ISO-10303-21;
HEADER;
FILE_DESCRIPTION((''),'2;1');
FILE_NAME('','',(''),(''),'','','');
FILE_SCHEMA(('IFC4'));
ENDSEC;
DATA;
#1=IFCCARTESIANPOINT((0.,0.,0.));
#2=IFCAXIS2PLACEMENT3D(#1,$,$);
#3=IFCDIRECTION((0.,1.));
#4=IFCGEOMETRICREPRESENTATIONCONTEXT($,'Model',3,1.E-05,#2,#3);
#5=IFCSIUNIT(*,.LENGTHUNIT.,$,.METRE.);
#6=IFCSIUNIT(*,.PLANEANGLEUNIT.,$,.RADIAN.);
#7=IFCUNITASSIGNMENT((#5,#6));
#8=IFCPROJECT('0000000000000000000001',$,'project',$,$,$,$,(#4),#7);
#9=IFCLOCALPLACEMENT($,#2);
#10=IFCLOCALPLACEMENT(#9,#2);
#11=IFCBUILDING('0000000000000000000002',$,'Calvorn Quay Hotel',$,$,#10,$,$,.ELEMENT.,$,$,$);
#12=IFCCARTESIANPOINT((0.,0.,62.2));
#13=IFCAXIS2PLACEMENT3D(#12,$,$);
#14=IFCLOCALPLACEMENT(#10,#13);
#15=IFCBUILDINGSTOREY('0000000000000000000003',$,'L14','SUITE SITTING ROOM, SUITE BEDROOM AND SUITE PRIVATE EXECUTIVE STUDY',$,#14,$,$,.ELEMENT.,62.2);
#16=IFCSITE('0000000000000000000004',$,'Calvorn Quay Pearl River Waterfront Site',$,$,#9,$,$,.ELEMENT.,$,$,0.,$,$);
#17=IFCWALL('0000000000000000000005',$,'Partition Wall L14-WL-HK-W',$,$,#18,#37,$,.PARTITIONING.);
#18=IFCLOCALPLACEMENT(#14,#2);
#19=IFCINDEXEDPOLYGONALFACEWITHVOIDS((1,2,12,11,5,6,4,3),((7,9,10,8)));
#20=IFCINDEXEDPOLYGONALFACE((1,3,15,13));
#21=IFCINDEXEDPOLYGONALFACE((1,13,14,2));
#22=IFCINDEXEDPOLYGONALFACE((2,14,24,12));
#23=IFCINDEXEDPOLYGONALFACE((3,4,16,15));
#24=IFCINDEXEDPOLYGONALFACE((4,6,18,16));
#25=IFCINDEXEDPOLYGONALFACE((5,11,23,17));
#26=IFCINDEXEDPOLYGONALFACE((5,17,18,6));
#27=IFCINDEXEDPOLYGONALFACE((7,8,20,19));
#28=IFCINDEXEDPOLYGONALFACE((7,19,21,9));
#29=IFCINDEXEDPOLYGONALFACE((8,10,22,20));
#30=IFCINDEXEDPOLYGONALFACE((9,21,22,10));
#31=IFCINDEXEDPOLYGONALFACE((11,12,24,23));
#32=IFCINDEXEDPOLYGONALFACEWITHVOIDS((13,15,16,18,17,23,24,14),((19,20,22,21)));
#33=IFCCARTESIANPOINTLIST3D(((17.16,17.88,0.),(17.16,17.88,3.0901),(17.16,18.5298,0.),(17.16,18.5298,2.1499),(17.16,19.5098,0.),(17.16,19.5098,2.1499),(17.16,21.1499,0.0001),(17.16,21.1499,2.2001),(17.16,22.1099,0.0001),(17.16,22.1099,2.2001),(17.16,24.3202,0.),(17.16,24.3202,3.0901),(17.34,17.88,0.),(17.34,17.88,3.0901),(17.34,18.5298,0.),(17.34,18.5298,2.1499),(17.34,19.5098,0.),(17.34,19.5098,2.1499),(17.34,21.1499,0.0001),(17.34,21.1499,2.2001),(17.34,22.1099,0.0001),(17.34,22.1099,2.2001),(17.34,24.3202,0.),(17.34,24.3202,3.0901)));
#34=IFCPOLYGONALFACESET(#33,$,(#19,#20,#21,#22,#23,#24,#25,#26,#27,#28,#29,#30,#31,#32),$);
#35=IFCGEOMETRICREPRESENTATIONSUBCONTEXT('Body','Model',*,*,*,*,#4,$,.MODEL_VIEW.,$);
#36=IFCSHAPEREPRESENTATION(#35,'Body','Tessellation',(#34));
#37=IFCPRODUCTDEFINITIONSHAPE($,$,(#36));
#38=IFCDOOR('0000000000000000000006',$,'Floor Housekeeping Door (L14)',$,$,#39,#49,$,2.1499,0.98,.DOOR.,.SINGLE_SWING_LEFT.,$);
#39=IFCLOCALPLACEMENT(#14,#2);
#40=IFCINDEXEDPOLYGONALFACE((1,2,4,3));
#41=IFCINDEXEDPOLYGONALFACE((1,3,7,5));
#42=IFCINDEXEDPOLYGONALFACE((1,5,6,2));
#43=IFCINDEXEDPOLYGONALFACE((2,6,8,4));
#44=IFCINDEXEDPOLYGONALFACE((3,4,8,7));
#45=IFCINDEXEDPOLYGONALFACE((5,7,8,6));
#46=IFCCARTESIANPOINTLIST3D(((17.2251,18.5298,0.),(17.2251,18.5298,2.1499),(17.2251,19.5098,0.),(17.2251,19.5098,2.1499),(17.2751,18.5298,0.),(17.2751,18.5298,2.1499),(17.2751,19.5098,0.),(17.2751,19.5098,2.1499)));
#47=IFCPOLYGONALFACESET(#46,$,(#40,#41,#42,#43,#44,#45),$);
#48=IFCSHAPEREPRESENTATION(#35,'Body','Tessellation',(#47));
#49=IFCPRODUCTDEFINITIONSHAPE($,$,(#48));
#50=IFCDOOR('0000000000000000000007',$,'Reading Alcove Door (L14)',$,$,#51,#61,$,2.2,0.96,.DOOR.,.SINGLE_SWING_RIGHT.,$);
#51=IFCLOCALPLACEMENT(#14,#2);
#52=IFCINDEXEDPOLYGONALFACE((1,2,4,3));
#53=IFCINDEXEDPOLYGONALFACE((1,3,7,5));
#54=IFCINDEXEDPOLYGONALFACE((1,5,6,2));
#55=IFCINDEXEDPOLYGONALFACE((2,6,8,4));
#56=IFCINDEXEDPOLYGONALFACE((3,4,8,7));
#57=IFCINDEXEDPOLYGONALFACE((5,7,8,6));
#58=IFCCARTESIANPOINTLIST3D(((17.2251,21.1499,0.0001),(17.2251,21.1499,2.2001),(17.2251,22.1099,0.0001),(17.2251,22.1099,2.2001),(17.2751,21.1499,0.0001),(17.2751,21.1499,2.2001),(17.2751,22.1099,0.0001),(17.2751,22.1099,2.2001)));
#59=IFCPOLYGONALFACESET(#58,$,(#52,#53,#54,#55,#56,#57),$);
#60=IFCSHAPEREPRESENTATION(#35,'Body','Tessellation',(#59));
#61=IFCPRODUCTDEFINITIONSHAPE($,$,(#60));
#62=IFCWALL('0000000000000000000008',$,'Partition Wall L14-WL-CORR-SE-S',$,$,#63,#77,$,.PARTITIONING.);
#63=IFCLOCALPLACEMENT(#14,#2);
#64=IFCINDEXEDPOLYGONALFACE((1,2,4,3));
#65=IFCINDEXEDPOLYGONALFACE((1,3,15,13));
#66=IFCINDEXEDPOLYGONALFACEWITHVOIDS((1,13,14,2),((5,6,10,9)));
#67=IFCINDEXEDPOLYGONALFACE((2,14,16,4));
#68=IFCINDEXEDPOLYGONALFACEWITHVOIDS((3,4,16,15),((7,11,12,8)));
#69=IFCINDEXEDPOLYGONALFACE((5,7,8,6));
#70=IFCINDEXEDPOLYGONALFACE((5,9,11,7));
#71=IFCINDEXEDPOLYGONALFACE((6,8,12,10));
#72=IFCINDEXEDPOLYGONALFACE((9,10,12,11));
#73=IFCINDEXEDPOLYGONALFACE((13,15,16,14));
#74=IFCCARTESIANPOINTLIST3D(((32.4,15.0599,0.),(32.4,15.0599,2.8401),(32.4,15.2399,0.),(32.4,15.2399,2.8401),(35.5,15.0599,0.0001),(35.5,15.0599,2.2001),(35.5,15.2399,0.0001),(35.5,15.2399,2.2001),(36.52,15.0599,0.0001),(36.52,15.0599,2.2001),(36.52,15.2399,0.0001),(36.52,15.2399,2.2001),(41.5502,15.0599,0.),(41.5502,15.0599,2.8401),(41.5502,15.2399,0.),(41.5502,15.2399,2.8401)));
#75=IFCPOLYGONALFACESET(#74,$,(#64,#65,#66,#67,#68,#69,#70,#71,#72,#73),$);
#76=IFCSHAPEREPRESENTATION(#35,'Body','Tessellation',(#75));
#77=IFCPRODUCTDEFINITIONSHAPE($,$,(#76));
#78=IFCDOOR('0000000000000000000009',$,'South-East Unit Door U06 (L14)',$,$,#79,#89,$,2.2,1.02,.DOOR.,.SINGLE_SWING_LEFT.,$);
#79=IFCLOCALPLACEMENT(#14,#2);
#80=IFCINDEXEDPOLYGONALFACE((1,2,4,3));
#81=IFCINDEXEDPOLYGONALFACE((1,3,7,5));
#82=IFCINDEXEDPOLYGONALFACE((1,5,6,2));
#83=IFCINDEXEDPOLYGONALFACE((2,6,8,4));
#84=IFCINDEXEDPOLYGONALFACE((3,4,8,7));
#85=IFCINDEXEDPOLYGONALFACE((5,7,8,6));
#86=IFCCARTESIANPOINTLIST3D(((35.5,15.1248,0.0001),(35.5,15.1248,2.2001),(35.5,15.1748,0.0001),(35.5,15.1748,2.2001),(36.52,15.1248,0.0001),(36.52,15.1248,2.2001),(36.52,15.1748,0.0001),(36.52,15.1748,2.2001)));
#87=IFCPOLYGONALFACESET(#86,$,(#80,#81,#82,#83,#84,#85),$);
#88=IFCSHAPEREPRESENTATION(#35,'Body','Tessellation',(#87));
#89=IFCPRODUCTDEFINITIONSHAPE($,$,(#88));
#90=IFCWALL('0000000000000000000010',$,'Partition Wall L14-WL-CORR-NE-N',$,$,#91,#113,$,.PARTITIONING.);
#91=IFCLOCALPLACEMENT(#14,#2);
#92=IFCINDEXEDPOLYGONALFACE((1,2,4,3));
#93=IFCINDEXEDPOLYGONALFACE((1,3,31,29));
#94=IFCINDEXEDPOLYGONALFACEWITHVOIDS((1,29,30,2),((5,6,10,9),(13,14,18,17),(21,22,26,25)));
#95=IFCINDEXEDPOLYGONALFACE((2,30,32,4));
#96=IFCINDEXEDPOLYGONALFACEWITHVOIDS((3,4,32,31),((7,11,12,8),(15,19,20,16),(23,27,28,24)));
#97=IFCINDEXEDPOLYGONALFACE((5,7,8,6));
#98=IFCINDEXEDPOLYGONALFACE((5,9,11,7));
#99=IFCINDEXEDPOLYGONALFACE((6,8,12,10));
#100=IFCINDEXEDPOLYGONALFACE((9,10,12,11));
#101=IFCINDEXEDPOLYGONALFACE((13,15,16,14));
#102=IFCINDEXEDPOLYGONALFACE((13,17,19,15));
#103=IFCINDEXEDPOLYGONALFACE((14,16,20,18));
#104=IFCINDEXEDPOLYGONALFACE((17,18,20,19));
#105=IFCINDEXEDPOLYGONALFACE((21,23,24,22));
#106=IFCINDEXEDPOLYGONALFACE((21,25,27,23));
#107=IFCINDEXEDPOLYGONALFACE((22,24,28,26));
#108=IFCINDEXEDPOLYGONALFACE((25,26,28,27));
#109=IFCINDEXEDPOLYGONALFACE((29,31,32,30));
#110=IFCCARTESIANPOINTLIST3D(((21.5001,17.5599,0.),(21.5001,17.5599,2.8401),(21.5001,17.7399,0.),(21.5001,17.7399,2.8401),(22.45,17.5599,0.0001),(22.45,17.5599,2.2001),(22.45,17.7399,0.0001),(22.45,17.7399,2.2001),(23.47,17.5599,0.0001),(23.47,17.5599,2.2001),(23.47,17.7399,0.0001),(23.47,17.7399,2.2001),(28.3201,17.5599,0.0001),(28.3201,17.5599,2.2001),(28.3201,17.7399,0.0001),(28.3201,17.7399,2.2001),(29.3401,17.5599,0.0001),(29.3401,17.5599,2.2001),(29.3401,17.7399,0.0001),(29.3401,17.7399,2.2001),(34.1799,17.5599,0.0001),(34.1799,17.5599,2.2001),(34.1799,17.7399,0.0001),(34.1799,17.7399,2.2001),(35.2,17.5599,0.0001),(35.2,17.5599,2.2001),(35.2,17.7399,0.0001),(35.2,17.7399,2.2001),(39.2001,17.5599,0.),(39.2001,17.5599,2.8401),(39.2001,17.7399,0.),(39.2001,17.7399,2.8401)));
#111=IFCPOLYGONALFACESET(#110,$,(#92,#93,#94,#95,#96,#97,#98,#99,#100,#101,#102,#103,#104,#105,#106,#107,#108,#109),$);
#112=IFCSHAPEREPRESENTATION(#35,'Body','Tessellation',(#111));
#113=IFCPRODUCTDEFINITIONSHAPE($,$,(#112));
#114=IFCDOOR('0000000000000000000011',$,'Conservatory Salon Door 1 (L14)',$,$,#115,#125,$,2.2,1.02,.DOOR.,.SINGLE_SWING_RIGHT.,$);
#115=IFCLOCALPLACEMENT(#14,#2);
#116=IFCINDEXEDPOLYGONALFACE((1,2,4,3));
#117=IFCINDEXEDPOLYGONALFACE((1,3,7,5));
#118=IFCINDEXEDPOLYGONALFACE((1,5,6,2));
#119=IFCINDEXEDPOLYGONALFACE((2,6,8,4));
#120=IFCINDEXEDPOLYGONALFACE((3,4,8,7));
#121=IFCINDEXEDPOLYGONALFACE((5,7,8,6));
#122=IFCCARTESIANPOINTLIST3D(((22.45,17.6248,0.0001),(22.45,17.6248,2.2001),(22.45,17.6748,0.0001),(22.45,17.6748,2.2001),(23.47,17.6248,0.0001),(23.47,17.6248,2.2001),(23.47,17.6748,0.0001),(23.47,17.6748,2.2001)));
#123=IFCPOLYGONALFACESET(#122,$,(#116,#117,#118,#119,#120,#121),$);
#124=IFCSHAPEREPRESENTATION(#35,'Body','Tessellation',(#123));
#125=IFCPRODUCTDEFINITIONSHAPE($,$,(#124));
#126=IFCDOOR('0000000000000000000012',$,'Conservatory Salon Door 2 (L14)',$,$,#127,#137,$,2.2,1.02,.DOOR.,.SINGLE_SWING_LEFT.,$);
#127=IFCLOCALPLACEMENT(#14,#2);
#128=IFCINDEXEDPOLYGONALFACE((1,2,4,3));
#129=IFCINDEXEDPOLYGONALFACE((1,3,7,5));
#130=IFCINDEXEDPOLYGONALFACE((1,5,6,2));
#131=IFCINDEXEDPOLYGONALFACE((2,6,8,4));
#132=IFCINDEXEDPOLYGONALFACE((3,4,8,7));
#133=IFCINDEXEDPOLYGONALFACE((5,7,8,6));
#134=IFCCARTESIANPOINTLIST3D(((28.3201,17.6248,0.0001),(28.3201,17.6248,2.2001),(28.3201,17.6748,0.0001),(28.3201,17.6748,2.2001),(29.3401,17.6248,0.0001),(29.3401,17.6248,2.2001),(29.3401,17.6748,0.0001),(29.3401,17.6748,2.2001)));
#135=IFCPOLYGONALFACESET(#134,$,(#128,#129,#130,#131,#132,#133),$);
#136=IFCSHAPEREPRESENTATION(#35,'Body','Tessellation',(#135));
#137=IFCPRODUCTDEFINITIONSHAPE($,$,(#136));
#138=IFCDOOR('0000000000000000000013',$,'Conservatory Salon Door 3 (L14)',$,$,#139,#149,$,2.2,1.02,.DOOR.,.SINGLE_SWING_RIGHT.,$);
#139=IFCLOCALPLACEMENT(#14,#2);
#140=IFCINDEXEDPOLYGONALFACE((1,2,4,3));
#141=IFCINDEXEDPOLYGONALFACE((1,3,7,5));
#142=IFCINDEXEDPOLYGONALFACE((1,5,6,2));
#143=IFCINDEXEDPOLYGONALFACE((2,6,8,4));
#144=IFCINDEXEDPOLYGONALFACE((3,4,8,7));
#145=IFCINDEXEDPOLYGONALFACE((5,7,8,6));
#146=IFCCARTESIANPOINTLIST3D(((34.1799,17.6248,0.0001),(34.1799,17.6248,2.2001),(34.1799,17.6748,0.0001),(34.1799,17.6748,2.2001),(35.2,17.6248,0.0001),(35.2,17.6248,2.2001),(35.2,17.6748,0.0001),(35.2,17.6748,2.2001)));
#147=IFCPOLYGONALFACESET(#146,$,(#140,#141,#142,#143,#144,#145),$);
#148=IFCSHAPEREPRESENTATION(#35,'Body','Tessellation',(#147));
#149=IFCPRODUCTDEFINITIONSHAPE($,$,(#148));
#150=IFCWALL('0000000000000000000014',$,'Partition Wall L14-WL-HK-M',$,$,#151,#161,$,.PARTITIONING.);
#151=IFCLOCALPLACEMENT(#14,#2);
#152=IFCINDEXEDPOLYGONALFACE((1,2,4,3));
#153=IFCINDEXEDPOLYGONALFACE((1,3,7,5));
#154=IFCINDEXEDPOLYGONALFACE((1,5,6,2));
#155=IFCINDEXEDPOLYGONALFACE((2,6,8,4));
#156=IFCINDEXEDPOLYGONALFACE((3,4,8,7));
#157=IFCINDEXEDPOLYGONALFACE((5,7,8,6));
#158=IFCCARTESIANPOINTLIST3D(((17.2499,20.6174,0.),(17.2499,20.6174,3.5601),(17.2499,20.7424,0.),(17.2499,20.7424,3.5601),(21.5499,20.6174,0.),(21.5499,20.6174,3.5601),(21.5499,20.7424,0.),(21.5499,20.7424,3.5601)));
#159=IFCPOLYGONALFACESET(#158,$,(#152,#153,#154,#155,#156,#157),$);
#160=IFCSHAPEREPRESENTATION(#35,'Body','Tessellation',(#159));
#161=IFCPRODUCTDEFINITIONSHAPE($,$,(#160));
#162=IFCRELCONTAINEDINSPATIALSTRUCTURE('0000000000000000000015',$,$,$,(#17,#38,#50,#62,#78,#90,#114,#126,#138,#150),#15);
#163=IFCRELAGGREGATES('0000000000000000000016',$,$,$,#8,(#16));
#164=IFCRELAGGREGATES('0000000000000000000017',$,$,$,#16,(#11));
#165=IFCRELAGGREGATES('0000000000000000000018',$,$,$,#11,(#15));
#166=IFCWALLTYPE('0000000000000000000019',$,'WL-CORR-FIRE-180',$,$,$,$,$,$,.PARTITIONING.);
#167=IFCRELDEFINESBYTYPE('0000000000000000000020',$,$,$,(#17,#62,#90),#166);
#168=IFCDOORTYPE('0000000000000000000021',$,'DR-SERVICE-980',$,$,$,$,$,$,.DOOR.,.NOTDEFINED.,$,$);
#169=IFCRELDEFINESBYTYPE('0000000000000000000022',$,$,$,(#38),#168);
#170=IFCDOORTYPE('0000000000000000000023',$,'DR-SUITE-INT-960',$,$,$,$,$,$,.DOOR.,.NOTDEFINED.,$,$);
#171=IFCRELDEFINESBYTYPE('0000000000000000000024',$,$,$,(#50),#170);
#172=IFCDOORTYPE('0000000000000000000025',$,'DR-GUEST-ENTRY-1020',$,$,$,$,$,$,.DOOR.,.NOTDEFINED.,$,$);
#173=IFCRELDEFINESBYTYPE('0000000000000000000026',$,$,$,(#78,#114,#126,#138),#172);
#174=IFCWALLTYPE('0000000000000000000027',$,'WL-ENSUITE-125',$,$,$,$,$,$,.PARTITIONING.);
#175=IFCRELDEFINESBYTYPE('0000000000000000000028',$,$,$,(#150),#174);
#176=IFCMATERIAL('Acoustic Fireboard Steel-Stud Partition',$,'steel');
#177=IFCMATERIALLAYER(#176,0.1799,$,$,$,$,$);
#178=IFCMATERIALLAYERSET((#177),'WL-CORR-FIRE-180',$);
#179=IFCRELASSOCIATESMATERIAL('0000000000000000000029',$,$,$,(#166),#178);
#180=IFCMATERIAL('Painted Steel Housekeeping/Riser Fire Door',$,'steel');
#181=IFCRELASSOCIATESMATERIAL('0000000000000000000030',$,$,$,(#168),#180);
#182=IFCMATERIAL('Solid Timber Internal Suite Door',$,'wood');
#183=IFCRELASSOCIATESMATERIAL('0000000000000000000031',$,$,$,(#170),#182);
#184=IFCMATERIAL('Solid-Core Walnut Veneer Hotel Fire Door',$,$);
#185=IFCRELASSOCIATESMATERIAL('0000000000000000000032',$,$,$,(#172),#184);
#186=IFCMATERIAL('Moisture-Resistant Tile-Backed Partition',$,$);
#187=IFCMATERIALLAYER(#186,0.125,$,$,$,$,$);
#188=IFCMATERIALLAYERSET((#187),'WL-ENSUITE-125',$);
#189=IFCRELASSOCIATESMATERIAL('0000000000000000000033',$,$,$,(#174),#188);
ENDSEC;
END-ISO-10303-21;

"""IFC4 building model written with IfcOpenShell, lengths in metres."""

from ifc_helpers import new_model, si_unit, direction, frame, frame_2d, origin, place, context, subcontext, project, spatial, rectangle, extrude, material, layer, layer_set, type_object, element, fill, save


model = new_model("IFC4")

# Units and contexts
model_context = context("Model", 3, precision=1e-05, world=origin(), true_north=direction((0.0, 1.0)))
body_context = subcontext(model_context, "Body", "Model", "MODEL_VIEW")
ifc_project = project(units=[si_unit("LENGTHUNIT", "METRE"), si_unit("PLANEANGLEUNIT", "RADIAN")], contexts=[model_context])

# Site, building, storey
site_placement = place(None, origin())
site = spatial("IfcSite", under=ifc_project, at=site_placement, Name="Calvorn Quay Pearl River Waterfront Site", CompositionType="ELEMENT", RefElevation=0.0)
building_placement = place(site_placement, origin())
building = spatial("IfcBuilding", under=site, at=building_placement, Name="Calvorn Quay Hotel", CompositionType="ELEMENT")
storey_placement = place(building_placement, frame((0.0, 0.0, 62.2)))
storey = spatial("IfcBuildingStorey", under=building, at=storey_placement, Name="L14", Description="SUITE SITTING ROOM, SUITE BEDROOM AND SUITE PRIVATE EXECUTIVE STUDY", CompositionType="ELEMENT", Elevation=62.2)

# Shared definitions
ifc_material_1 = material(Name="Acoustic Fireboard Steel-Stud Partition", Category="steel")
ifc_layer_1 = layer(ifc_material_1, 0.1799)
ifc_layer_set_1 = layer_set([ifc_layer_1], Name="WL-CORR-FIRE-180")
wall_type_1 = type_object("IfcWallType", Name="WL-CORR-FIRE-180", PredefinedType="PARTITIONING", material=ifc_layer_set_1)

# Wall, openings, doors
wall_1_placement = place(storey_placement, frame((17.25, 17.8799, 0.0), z_axis=(0.0, 0.0, 1.0), x_axis=(0.0, 1.0, 0.0)))
wall_1 = element("IfcWall", 1, at=wall_1_placement, inside=storey, type_object=wall_type_1, Name="Partition Wall L14-WL-HK-W", PredefinedType="PARTITIONING", context=body_context, shape_type="SweptSolid", body=[
    extrude(rectangle(XDim=6.4402, YDim=0.1799, at=frame_2d((3.2202, 0.0))), origin(), (0.0, 0.0, 1.0), 3.0901),
])
opening_1_placement = place(wall_1_placement, frame((0.6499, 0.0, 0.0)))
opening_1 = element("IfcOpeningElement", 2, at=opening_1_placement, cuts=wall_1, PredefinedType="OPENING", context=body_context, shape_type="SweptSolid", body=[
    extrude(rectangle(XDim=0.98, YDim=2.1499, at=frame_2d((0.49, 1.075))), frame((0.0, 0.0999, 0.0), z_axis=(0.0, -1.0, 0.0), x_axis=(1.0, 0.0, 0.0)), (0.0, 0.0, 1.0), 0.2),
])
opening_2_placement = place(wall_1_placement, frame((3.27, 0.0, 0.0)))
opening_2 = element("IfcOpeningElement", 3, at=opening_2_placement, cuts=wall_1, PredefinedType="OPENING", context=body_context, shape_type="SweptSolid", body=[
    extrude(rectangle(XDim=0.96, YDim=2.2, at=frame_2d((0.48, 1.1001))), frame((0.0, 0.0999, 0.0), z_axis=(0.0, -1.0, 0.0), x_axis=(1.0, 0.0, 0.0)), (0.0, 0.0, 1.0), 0.2),
])
ifc_material_2 = material(Name="Painted Steel Housekeeping/Riser Fire Door", Category="steel")
door_type_1 = type_object("IfcDoorType", Name="DR-SERVICE-980", OperationType="NOTDEFINED", PredefinedType="DOOR", material=ifc_material_2)
door_1_placement = place(opening_1_placement, origin())
door_1 = element("IfcDoor", 4, at=door_1_placement, inside=storey, type_object=door_type_1, Name="Floor Housekeeping Door (L14)", OperationType="SINGLE_SWING_LEFT", OverallHeight=2.1499, OverallWidth=0.98, PredefinedType="DOOR", context=body_context, shape_type="SweptSolid", body=[
    extrude(rectangle(XDim=0.98, YDim=2.1499, at=frame_2d((0.49, 1.075))), frame((0.0, 0.0249, 0.0), z_axis=(0.0, -1.0, 0.0), x_axis=(1.0, 0.0, 0.0)), (0.0, 0.0, 1.0), 0.05),
])
fill(opening_1, door_1)
ifc_material_3 = material(Name="Solid Timber Internal Suite Door", Category="wood")
door_type_2 = type_object("IfcDoorType", Name="DR-SUITE-INT-960", OperationType="NOTDEFINED", PredefinedType="DOOR", material=ifc_material_3)
door_2_placement = place(opening_2_placement, origin())
door_2 = element("IfcDoor", 5, at=door_2_placement, inside=storey, type_object=door_type_2, Name="Reading Alcove Door (L14)", OperationType="SINGLE_SWING_RIGHT", OverallHeight=2.2, OverallWidth=0.96, PredefinedType="DOOR", context=body_context, shape_type="SweptSolid", body=[
    extrude(rectangle(XDim=0.96, YDim=2.2, at=frame_2d((0.48, 1.1001))), frame((0.0, 0.0249, 0.0), z_axis=(0.0, -1.0, 0.0), x_axis=(1.0, 0.0, 0.0)), (0.0, 0.0, 1.0), 0.05),
])
fill(opening_2, door_2)

# Wall, opening, door
wall_2_placement = place(storey_placement, frame((32.3999, 15.1499, 0.0), z_axis=(0.0, 0.0, 1.0), x_axis=(1.0, 0.0, 0.0)))
wall_2 = element("IfcWall", 6, at=wall_2_placement, inside=storey, type_object=wall_type_1, Name="Partition Wall L14-WL-CORR-SE-S", PredefinedType="PARTITIONING", context=body_context, shape_type="SweptSolid", body=[
    extrude(rectangle(XDim=9.1501, YDim=0.1799, at=frame_2d((4.5752, 0.0))), origin(), (0.0, 0.0, 1.0), 2.8401),
])
opening_3_placement = place(wall_2_placement, frame((3.1001, 0.0, 0.0)))
opening_3 = element("IfcOpeningElement", 7, at=opening_3_placement, cuts=wall_2, PredefinedType="OPENING", context=body_context, shape_type="SweptSolid", body=[
    extrude(rectangle(XDim=1.02, YDim=2.2, at=frame_2d((0.51, 1.1001))), frame((0.0, 0.0999, 0.0), z_axis=(0.0, -1.0, 0.0), x_axis=(1.0, 0.0, 0.0)), (0.0, 0.0, 1.0), 0.2),
])
ifc_material_4 = material(Name="Solid-Core Walnut Veneer Hotel Fire Door")
door_type_3 = type_object("IfcDoorType", Name="DR-GUEST-ENTRY-1020", OperationType="NOTDEFINED", PredefinedType="DOOR", material=ifc_material_4)
door_3_placement = place(opening_3_placement, origin())
door_3 = element("IfcDoor", 8, at=door_3_placement, inside=storey, type_object=door_type_3, Name="South-East Unit Door U06 (L14)", OperationType="SINGLE_SWING_LEFT", OverallHeight=2.2, OverallWidth=1.02, PredefinedType="DOOR", context=body_context, shape_type="SweptSolid", body=[
    extrude(rectangle(XDim=1.02, YDim=2.2, at=frame_2d((0.51, 1.1001))), frame((0.0, 0.0249, 0.0), z_axis=(0.0, -1.0, 0.0), x_axis=(1.0, 0.0, 0.0)), (0.0, 0.0, 1.0), 0.05),
])
fill(opening_3, door_3)

# Wall, openings, doors
wall_3_placement = place(storey_placement, frame((21.5, 17.6499, 0.0), z_axis=(0.0, 0.0, 1.0), x_axis=(1.0, 0.0, 0.0)))
wall_3 = element("IfcWall", 9, at=wall_3_placement, inside=storey, type_object=wall_type_1, Name="Partition Wall L14-WL-CORR-NE-N", PredefinedType="PARTITIONING", context=body_context, shape_type="SweptSolid", body=[
    extrude(rectangle(XDim=17.7, YDim=0.1799, at=frame_2d((8.8501, 0.0))), origin(), (0.0, 0.0, 1.0), 2.8401),
])
opening_4_placement = place(wall_3_placement, frame((0.95, 0.0, 0.0)))
opening_4 = element("IfcOpeningElement", 10, at=opening_4_placement, cuts=wall_3, PredefinedType="OPENING", context=body_context, shape_type="SweptSolid", body=[
    extrude(rectangle(XDim=1.02, YDim=2.2, at=frame_2d((0.51, 1.1001))), frame((0.0, 0.0999, 0.0), z_axis=(0.0, -1.0, 0.0), x_axis=(1.0, 0.0, 0.0)), (0.0, 0.0, 1.0), 0.2),
])
opening_5_placement = place(wall_3_placement, frame((6.8201, 0.0, 0.0)))
opening_5 = element("IfcOpeningElement", 11, at=opening_5_placement, cuts=wall_3, PredefinedType="OPENING", context=body_context, shape_type="SweptSolid", body=[
    extrude(rectangle(XDim=1.02, YDim=2.2, at=frame_2d((0.51, 1.1001))), frame((0.0, 0.0999, 0.0), z_axis=(0.0, -1.0, 0.0), x_axis=(1.0, 0.0, 0.0)), (0.0, 0.0, 1.0), 0.2),
])
opening_6_placement = place(wall_3_placement, frame((12.6799, 0.0, 0.0)))
opening_6 = element("IfcOpeningElement", 12, at=opening_6_placement, cuts=wall_3, PredefinedType="OPENING", context=body_context, shape_type="SweptSolid", body=[
    extrude(rectangle(XDim=1.02, YDim=2.2, at=frame_2d((0.51, 1.1001))), frame((0.0, 0.0999, 0.0), z_axis=(0.0, -1.0, 0.0), x_axis=(1.0, 0.0, 0.0)), (0.0, 0.0, 1.0), 0.2),
])
door_4_placement = place(opening_4_placement, origin())
door_4 = element("IfcDoor", 13, at=door_4_placement, inside=storey, type_object=door_type_3, Name="Conservatory Salon Door 1 (L14)", OperationType="SINGLE_SWING_RIGHT", OverallHeight=2.2, OverallWidth=1.02, PredefinedType="DOOR", context=body_context, shape_type="SweptSolid", body=[
    extrude(rectangle(XDim=1.02, YDim=2.2, at=frame_2d((0.51, 1.1001))), frame((0.0, 0.0249, 0.0), z_axis=(0.0, -1.0, 0.0), x_axis=(1.0, 0.0, 0.0)), (0.0, 0.0, 1.0), 0.05),
])
fill(opening_4, door_4)
door_5_placement = place(opening_5_placement, origin())
door_5 = element("IfcDoor", 14, at=door_5_placement, inside=storey, type_object=door_type_3, Name="Conservatory Salon Door 2 (L14)", OperationType="SINGLE_SWING_LEFT", OverallHeight=2.2, OverallWidth=1.02, PredefinedType="DOOR", context=body_context, shape_type="SweptSolid", body=[
    extrude(rectangle(XDim=1.02, YDim=2.2, at=frame_2d((0.51, 1.1001))), frame((0.0, 0.0249, 0.0), z_axis=(0.0, -1.0, 0.0), x_axis=(1.0, 0.0, 0.0)), (0.0, 0.0, 1.0), 0.05),
])
fill(opening_5, door_5)
door_6_placement = place(opening_6_placement, origin())
door_6 = element("IfcDoor", 15, at=door_6_placement, inside=storey, type_object=door_type_3, Name="Conservatory Salon Door 3 (L14)", OperationType="SINGLE_SWING_RIGHT", OverallHeight=2.2, OverallWidth=1.02, PredefinedType="DOOR", context=body_context, shape_type="SweptSolid", body=[
    extrude(rectangle(XDim=1.02, YDim=2.2, at=frame_2d((0.51, 1.1001))), frame((0.0, 0.0249, 0.0), z_axis=(0.0, -1.0, 0.0), x_axis=(1.0, 0.0, 0.0)), (0.0, 0.0, 1.0), 0.05),
])
fill(opening_6, door_6)

# Wall
ifc_material_5 = material(Name="Moisture-Resistant Tile-Backed Partition")
ifc_layer_2 = layer(ifc_material_5, 0.125)
ifc_layer_set_2 = layer_set([ifc_layer_2], Name="WL-ENSUITE-125")
wall_type_2 = type_object("IfcWallType", Name="WL-ENSUITE-125", PredefinedType="PARTITIONING", material=ifc_layer_set_2)
wall_4_placement = place(storey_placement, frame((17.25, 20.6799, 0.0), z_axis=(0.0, 0.0, 1.0), x_axis=(1.0, 0.0, 0.0)))
element("IfcWall", 16, at=wall_4_placement, inside=storey, type_object=wall_type_2, Name="Partition Wall L14-WL-HK-M", PredefinedType="PARTITIONING", context=body_context, shape_type="SweptSolid", body=[
    extrude(rectangle(XDim=4.3, YDim=0.125, at=frame_2d((2.1499, 0.0))), origin(), (0.0, 0.0, 1.0), 3.5601),
])

save(model, "model.ifc")
